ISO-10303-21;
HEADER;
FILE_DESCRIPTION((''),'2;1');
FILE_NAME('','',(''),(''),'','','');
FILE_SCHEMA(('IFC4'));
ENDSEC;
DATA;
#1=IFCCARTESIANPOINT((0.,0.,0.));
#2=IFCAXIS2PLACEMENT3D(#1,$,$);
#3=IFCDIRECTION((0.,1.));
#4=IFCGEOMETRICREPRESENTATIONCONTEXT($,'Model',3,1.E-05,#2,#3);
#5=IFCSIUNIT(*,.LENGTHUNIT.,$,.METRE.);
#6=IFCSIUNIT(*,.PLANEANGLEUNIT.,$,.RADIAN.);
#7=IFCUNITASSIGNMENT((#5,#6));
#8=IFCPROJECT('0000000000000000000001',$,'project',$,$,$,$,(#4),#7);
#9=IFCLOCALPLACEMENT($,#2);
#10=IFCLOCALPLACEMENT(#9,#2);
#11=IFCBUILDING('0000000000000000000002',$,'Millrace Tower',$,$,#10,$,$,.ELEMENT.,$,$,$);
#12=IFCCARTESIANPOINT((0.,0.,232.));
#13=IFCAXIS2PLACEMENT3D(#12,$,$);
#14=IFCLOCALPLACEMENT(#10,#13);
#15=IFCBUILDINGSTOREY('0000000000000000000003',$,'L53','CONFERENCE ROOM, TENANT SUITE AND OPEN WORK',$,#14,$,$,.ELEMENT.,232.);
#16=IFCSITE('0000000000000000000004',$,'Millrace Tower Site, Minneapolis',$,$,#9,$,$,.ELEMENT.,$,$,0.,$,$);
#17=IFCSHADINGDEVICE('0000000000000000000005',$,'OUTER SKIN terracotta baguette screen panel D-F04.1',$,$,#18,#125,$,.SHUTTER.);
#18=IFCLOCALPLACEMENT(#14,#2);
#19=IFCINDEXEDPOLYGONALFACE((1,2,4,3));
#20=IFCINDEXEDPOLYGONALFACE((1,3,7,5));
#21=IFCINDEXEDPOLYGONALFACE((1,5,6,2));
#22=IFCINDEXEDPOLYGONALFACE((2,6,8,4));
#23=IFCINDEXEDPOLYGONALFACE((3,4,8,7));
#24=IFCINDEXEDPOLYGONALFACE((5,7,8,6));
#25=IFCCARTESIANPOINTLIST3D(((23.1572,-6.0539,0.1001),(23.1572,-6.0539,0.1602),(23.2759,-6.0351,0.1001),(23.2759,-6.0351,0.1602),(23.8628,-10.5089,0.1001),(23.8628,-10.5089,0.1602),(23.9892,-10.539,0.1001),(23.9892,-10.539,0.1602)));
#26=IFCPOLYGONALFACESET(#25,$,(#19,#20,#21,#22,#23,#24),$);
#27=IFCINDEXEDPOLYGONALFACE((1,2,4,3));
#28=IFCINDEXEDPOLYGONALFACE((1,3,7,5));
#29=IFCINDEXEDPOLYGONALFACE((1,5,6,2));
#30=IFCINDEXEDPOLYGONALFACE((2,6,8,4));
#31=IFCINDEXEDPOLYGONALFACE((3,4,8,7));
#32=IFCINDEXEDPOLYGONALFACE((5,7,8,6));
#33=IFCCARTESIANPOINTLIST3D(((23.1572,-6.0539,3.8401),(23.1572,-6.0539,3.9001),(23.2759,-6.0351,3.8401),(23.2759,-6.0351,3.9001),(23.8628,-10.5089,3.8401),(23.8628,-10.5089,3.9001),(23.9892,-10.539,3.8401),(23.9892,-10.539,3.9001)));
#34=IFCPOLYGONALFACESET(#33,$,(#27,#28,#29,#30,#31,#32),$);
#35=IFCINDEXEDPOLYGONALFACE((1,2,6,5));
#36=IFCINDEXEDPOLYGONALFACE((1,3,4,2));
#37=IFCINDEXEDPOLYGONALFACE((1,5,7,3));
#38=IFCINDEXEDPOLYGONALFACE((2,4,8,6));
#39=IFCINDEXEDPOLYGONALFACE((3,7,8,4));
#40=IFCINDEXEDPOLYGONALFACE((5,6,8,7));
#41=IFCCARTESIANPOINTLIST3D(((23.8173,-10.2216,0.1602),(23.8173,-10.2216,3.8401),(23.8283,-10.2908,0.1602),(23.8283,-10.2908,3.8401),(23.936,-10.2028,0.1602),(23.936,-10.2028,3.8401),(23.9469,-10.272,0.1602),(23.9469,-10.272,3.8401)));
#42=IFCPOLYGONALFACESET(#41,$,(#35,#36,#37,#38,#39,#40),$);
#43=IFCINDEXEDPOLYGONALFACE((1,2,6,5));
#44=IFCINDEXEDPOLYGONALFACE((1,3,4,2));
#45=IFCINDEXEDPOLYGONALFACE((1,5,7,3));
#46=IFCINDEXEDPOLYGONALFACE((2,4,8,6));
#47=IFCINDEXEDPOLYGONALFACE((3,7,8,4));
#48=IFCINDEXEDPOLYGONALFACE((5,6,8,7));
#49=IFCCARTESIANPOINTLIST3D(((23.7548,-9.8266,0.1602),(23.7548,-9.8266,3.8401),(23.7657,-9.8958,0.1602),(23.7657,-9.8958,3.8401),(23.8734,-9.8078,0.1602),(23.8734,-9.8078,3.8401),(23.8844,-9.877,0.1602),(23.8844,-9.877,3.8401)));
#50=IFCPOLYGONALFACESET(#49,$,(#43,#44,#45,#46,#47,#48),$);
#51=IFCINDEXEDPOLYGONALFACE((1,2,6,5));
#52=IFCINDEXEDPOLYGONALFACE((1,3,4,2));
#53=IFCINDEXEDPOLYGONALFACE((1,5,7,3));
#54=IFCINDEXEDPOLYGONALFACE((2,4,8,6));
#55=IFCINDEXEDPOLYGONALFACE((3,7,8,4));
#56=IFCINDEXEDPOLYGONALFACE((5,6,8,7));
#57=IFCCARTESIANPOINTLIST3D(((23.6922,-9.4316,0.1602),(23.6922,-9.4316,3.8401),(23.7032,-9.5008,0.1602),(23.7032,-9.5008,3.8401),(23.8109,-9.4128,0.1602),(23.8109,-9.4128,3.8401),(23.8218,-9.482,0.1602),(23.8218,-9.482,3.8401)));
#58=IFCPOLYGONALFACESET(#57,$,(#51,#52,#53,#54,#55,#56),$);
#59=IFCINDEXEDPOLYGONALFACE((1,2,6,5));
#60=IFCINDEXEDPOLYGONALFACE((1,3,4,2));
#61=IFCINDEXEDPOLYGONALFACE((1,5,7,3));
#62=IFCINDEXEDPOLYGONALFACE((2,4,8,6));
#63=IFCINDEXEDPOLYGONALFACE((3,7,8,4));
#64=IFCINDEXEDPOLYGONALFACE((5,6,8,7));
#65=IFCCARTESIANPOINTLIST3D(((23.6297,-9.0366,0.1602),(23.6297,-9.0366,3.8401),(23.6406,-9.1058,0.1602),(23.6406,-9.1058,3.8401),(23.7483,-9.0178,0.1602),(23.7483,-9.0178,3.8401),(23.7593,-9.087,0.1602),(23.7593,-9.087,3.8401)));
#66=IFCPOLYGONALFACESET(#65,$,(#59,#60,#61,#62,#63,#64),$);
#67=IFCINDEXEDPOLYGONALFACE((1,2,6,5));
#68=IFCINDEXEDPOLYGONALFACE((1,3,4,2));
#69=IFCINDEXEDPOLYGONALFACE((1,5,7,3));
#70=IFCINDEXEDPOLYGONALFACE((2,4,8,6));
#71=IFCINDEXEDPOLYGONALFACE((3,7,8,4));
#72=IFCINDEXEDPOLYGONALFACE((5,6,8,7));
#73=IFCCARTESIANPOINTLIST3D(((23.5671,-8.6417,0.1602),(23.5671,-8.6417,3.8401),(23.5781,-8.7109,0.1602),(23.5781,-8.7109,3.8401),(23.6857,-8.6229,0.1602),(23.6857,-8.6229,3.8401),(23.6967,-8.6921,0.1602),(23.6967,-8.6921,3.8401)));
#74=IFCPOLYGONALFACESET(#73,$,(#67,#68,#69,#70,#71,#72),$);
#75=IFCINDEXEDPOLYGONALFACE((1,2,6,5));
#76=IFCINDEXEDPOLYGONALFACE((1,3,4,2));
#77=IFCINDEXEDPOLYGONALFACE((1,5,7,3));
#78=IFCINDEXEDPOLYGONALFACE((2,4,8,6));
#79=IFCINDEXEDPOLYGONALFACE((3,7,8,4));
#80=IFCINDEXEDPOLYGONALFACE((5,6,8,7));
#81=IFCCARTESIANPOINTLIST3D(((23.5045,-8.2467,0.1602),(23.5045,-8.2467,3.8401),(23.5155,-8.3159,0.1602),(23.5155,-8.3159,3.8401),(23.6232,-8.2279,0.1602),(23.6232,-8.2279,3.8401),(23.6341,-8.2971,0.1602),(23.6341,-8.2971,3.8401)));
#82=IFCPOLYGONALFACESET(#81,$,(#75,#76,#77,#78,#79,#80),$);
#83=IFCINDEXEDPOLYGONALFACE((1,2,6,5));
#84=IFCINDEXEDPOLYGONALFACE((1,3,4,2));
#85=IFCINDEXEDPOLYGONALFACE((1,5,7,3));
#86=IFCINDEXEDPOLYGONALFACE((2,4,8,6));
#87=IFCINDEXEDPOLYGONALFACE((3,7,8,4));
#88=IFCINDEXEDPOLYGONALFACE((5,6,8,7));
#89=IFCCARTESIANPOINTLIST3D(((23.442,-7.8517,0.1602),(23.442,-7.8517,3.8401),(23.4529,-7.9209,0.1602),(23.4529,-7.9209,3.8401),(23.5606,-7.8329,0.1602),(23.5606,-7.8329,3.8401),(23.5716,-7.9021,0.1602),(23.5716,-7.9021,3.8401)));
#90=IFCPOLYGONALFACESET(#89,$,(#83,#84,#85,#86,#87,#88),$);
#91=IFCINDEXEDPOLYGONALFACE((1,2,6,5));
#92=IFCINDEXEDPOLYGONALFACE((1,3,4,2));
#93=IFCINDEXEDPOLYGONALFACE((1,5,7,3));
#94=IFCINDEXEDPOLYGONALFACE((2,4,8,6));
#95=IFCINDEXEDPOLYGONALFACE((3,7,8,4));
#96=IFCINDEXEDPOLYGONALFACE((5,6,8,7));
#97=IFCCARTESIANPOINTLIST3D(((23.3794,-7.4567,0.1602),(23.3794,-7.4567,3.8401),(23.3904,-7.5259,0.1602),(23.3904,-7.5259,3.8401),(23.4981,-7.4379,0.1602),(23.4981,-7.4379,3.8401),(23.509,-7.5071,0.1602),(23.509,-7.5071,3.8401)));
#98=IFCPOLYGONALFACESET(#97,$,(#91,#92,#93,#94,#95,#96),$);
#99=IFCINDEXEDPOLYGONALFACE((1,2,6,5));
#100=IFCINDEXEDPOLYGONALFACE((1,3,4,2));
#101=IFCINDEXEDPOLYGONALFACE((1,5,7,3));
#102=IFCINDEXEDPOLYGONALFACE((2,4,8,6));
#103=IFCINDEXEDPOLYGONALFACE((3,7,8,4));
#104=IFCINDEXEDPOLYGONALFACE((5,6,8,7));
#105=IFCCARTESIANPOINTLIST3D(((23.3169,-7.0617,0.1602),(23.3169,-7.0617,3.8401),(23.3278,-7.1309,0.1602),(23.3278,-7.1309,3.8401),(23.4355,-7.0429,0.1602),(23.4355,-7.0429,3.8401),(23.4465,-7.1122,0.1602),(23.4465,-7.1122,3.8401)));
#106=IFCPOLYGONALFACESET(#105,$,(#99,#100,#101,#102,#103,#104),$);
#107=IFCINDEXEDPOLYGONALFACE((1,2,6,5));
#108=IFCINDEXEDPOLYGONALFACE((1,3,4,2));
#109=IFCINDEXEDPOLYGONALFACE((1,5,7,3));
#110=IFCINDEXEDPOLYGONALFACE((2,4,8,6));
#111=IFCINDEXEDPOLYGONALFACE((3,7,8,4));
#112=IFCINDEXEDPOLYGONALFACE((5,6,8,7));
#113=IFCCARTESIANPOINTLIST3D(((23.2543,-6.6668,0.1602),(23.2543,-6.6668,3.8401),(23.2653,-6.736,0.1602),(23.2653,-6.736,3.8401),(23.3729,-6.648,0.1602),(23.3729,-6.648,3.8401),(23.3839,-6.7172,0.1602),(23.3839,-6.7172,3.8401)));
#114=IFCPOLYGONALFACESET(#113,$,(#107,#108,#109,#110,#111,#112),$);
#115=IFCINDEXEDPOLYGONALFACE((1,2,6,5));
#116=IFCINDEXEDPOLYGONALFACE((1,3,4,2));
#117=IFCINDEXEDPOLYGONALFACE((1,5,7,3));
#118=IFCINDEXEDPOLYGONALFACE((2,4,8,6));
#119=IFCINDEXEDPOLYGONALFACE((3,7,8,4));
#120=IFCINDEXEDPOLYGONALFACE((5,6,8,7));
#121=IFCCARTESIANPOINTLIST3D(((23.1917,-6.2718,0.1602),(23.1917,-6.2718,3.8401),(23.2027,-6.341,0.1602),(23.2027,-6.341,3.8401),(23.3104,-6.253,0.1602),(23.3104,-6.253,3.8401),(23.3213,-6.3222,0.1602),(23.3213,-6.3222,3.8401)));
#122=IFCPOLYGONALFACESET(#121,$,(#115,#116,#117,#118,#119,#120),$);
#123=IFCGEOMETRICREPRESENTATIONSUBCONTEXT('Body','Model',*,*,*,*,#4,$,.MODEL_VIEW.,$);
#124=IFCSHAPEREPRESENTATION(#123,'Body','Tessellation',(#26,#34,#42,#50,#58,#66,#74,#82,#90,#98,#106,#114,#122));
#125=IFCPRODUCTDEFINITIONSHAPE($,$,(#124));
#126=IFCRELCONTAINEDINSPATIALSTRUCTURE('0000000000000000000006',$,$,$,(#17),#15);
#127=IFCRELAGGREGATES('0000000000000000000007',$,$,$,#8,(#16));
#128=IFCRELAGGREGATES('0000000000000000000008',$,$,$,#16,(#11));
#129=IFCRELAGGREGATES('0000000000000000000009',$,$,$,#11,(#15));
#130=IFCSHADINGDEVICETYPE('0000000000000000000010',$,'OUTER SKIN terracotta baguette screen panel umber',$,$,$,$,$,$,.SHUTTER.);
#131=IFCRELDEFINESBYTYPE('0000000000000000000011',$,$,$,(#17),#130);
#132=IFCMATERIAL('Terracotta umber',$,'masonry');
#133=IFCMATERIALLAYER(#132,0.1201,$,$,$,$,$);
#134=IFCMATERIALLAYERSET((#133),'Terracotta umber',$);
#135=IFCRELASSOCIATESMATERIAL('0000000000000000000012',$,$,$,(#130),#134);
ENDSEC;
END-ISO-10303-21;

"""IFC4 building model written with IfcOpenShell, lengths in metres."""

from ifc_helpers import new_model, entity, si_unit, direction, frame, frame_2d, origin, place, context, subcontext, project, spatial, rectangle, extrude, source, transform, mapped, material, layer, layer_set, type_object, element, save


model = new_model("IFC4")

# Units and contexts
model_context = context("Model", 3, precision=1e-05, world=origin(), true_north=direction((0.0, 1.0)))
body_context = subcontext(model_context, "Body", "Model", "MODEL_VIEW")
ifc_project = project(units=[si_unit("LENGTHUNIT", "METRE"), si_unit("PLANEANGLEUNIT", "RADIAN")], contexts=[model_context])

# Site, building, storey
site_placement = place(None, origin())
site = spatial("IfcSite", under=ifc_project, at=site_placement, Name="Millrace Tower Site, Minneapolis", CompositionType="ELEMENT", RefElevation=0.0)
building_placement = place(site_placement, origin())
building = spatial("IfcBuilding", under=site, at=building_placement, Name="Millrace Tower", CompositionType="ELEMENT")
storey_placement = place(building_placement, frame((0.0, 0.0, 232.0)))
storey = spatial("IfcBuildingStorey", under=building, at=storey_placement, Name="L53", Description="CONFERENCE ROOM, TENANT SUITE AND OPEN WORK", CompositionType="ELEMENT", Elevation=232.0)

# Shading device
ifc_material_1 = material(Name="Terracotta umber", Category="masonry")
ifc_layer_1 = layer(ifc_material_1, 0.1201)
ifc_layer_set_1 = layer_set([ifc_layer_1], Name="Terracotta umber")
shading_device_type = type_object("IfcShadingDeviceType", Name="OUTER SKIN terracotta baguette screen panel umber", PredefinedType="SHUTTER", material=ifc_layer_set_1)
cartesian_point_1 = entity("IfcCartesianPoint", [-2.2429, 0.0601])
shared_polyline_1 = entity("IfcPolyline", [cartesian_point_1, entity("IfcCartesianPoint", [2.2676, 0.0601]), entity("IfcCartesianPoint", [2.2676, -0.0601]), entity("IfcCartesianPoint", [-2.2925, -0.0601]), cartesian_point_1])
shared_shape_1 = source(origin(), body_context, "Body", "SweptSolid", [
    entity("IfcExtrudedAreaSolid", entity("IfcArbitraryClosedProfileDef", "AREA", None, shared_polyline_1), entity("IfcAxis2Placement3D", entity("IfcCartesianPoint", [0.0, 0.0, 0.0])), entity("IfcDirection", [0.0, 0.0, 1.0]), 0.0601),
    entity("IfcExtrudedAreaSolid", entity("IfcArbitraryClosedProfileDef", "AREA", None, shared_polyline_1), entity("IfcAxis2Placement3D", entity("IfcCartesianPoint", [0.0, 0.0, 3.74])), entity("IfcDirection", [0.0, 0.0, 1.0]), 0.0601),
    extrude(rectangle(XDim=0.0701, YDim=0.1201, at=frame_2d((-1.9871, 0.0))), frame((0.0, 0.0, 0.0601)), (0.0, 0.0, 1.0), 3.6799),
    extrude(rectangle(XDim=0.0701, YDim=0.1201, at=frame_2d((-1.5872, 0.0))), frame((0.0, 0.0, 0.0601)), (0.0, 0.0, 1.0), 3.6799),
    extrude(rectangle(XDim=0.0701, YDim=0.1201, at=frame_2d((-1.1873, 0.0))), frame((0.0, 0.0, 0.0601)), (0.0, 0.0, 1.0), 3.6799),
    extrude(rectangle(XDim=0.0701, YDim=0.1201, at=frame_2d((-0.7874, 0.0))), frame((0.0, 0.0, 0.0601)), (0.0, 0.0, 1.0), 3.6799),
    extrude(rectangle(XDim=0.0701, YDim=0.1201, at=frame_2d((-0.3875, 0.0))), frame((0.0, 0.0, 0.0601)), (0.0, 0.0, 1.0), 3.6799),
    extrude(rectangle(XDim=0.0701, YDim=0.1201, at=frame_2d((0.0125, 0.0))), frame((0.0, 0.0, 0.0601)), (0.0, 0.0, 1.0), 3.6799),
    extrude(rectangle(XDim=0.0701, YDim=0.1201, at=frame_2d((0.4124, 0.0))), frame((0.0, 0.0, 0.0601)), (0.0, 0.0, 1.0), 3.6799),
    extrude(rectangle(XDim=0.0701, YDim=0.1201, at=frame_2d((0.8123, 0.0))), frame((0.0, 0.0, 0.0601)), (0.0, 0.0, 1.0), 3.6799),
    extrude(rectangle(XDim=0.0701, YDim=0.1201, at=frame_2d((1.2122, 0.0))), frame((0.0, 0.0, 0.0601)), (0.0, 0.0, 1.0), 3.6799),
    extrude(rectangle(XDim=0.0701, YDim=0.1201, at=frame_2d((1.6121, 0.0))), frame((0.0, 0.0, 0.0601)), (0.0, 0.0, 1.0), 3.6799),
    extrude(rectangle(XDim=0.0701, YDim=0.1201, at=frame_2d((2.012, 0.0))), frame((0.0, 0.0, 0.0601)), (0.0, 0.0, 1.0), 3.6799),
])
shading_device_1_placement = place(storey_placement, frame((23.5713, -8.2842, 0.1001), z_axis=(0.0, 0.0, 1.0), x_axis=(-0.156434, 0.987688, 0.0)))
element("IfcShadingDevice", 1, at=shading_device_1_placement, inside=storey, type_object=shading_device_type, Name="OUTER SKIN terracotta baguette screen panel D-F04.1", PredefinedType="SHUTTER", context=body_context, shape_type="MappedRepresentation", body=[
    mapped(shared_shape_1, transform((0.0, 0.0, 0.0), scale=1.0)),
])

save(model, "model.ifc")
